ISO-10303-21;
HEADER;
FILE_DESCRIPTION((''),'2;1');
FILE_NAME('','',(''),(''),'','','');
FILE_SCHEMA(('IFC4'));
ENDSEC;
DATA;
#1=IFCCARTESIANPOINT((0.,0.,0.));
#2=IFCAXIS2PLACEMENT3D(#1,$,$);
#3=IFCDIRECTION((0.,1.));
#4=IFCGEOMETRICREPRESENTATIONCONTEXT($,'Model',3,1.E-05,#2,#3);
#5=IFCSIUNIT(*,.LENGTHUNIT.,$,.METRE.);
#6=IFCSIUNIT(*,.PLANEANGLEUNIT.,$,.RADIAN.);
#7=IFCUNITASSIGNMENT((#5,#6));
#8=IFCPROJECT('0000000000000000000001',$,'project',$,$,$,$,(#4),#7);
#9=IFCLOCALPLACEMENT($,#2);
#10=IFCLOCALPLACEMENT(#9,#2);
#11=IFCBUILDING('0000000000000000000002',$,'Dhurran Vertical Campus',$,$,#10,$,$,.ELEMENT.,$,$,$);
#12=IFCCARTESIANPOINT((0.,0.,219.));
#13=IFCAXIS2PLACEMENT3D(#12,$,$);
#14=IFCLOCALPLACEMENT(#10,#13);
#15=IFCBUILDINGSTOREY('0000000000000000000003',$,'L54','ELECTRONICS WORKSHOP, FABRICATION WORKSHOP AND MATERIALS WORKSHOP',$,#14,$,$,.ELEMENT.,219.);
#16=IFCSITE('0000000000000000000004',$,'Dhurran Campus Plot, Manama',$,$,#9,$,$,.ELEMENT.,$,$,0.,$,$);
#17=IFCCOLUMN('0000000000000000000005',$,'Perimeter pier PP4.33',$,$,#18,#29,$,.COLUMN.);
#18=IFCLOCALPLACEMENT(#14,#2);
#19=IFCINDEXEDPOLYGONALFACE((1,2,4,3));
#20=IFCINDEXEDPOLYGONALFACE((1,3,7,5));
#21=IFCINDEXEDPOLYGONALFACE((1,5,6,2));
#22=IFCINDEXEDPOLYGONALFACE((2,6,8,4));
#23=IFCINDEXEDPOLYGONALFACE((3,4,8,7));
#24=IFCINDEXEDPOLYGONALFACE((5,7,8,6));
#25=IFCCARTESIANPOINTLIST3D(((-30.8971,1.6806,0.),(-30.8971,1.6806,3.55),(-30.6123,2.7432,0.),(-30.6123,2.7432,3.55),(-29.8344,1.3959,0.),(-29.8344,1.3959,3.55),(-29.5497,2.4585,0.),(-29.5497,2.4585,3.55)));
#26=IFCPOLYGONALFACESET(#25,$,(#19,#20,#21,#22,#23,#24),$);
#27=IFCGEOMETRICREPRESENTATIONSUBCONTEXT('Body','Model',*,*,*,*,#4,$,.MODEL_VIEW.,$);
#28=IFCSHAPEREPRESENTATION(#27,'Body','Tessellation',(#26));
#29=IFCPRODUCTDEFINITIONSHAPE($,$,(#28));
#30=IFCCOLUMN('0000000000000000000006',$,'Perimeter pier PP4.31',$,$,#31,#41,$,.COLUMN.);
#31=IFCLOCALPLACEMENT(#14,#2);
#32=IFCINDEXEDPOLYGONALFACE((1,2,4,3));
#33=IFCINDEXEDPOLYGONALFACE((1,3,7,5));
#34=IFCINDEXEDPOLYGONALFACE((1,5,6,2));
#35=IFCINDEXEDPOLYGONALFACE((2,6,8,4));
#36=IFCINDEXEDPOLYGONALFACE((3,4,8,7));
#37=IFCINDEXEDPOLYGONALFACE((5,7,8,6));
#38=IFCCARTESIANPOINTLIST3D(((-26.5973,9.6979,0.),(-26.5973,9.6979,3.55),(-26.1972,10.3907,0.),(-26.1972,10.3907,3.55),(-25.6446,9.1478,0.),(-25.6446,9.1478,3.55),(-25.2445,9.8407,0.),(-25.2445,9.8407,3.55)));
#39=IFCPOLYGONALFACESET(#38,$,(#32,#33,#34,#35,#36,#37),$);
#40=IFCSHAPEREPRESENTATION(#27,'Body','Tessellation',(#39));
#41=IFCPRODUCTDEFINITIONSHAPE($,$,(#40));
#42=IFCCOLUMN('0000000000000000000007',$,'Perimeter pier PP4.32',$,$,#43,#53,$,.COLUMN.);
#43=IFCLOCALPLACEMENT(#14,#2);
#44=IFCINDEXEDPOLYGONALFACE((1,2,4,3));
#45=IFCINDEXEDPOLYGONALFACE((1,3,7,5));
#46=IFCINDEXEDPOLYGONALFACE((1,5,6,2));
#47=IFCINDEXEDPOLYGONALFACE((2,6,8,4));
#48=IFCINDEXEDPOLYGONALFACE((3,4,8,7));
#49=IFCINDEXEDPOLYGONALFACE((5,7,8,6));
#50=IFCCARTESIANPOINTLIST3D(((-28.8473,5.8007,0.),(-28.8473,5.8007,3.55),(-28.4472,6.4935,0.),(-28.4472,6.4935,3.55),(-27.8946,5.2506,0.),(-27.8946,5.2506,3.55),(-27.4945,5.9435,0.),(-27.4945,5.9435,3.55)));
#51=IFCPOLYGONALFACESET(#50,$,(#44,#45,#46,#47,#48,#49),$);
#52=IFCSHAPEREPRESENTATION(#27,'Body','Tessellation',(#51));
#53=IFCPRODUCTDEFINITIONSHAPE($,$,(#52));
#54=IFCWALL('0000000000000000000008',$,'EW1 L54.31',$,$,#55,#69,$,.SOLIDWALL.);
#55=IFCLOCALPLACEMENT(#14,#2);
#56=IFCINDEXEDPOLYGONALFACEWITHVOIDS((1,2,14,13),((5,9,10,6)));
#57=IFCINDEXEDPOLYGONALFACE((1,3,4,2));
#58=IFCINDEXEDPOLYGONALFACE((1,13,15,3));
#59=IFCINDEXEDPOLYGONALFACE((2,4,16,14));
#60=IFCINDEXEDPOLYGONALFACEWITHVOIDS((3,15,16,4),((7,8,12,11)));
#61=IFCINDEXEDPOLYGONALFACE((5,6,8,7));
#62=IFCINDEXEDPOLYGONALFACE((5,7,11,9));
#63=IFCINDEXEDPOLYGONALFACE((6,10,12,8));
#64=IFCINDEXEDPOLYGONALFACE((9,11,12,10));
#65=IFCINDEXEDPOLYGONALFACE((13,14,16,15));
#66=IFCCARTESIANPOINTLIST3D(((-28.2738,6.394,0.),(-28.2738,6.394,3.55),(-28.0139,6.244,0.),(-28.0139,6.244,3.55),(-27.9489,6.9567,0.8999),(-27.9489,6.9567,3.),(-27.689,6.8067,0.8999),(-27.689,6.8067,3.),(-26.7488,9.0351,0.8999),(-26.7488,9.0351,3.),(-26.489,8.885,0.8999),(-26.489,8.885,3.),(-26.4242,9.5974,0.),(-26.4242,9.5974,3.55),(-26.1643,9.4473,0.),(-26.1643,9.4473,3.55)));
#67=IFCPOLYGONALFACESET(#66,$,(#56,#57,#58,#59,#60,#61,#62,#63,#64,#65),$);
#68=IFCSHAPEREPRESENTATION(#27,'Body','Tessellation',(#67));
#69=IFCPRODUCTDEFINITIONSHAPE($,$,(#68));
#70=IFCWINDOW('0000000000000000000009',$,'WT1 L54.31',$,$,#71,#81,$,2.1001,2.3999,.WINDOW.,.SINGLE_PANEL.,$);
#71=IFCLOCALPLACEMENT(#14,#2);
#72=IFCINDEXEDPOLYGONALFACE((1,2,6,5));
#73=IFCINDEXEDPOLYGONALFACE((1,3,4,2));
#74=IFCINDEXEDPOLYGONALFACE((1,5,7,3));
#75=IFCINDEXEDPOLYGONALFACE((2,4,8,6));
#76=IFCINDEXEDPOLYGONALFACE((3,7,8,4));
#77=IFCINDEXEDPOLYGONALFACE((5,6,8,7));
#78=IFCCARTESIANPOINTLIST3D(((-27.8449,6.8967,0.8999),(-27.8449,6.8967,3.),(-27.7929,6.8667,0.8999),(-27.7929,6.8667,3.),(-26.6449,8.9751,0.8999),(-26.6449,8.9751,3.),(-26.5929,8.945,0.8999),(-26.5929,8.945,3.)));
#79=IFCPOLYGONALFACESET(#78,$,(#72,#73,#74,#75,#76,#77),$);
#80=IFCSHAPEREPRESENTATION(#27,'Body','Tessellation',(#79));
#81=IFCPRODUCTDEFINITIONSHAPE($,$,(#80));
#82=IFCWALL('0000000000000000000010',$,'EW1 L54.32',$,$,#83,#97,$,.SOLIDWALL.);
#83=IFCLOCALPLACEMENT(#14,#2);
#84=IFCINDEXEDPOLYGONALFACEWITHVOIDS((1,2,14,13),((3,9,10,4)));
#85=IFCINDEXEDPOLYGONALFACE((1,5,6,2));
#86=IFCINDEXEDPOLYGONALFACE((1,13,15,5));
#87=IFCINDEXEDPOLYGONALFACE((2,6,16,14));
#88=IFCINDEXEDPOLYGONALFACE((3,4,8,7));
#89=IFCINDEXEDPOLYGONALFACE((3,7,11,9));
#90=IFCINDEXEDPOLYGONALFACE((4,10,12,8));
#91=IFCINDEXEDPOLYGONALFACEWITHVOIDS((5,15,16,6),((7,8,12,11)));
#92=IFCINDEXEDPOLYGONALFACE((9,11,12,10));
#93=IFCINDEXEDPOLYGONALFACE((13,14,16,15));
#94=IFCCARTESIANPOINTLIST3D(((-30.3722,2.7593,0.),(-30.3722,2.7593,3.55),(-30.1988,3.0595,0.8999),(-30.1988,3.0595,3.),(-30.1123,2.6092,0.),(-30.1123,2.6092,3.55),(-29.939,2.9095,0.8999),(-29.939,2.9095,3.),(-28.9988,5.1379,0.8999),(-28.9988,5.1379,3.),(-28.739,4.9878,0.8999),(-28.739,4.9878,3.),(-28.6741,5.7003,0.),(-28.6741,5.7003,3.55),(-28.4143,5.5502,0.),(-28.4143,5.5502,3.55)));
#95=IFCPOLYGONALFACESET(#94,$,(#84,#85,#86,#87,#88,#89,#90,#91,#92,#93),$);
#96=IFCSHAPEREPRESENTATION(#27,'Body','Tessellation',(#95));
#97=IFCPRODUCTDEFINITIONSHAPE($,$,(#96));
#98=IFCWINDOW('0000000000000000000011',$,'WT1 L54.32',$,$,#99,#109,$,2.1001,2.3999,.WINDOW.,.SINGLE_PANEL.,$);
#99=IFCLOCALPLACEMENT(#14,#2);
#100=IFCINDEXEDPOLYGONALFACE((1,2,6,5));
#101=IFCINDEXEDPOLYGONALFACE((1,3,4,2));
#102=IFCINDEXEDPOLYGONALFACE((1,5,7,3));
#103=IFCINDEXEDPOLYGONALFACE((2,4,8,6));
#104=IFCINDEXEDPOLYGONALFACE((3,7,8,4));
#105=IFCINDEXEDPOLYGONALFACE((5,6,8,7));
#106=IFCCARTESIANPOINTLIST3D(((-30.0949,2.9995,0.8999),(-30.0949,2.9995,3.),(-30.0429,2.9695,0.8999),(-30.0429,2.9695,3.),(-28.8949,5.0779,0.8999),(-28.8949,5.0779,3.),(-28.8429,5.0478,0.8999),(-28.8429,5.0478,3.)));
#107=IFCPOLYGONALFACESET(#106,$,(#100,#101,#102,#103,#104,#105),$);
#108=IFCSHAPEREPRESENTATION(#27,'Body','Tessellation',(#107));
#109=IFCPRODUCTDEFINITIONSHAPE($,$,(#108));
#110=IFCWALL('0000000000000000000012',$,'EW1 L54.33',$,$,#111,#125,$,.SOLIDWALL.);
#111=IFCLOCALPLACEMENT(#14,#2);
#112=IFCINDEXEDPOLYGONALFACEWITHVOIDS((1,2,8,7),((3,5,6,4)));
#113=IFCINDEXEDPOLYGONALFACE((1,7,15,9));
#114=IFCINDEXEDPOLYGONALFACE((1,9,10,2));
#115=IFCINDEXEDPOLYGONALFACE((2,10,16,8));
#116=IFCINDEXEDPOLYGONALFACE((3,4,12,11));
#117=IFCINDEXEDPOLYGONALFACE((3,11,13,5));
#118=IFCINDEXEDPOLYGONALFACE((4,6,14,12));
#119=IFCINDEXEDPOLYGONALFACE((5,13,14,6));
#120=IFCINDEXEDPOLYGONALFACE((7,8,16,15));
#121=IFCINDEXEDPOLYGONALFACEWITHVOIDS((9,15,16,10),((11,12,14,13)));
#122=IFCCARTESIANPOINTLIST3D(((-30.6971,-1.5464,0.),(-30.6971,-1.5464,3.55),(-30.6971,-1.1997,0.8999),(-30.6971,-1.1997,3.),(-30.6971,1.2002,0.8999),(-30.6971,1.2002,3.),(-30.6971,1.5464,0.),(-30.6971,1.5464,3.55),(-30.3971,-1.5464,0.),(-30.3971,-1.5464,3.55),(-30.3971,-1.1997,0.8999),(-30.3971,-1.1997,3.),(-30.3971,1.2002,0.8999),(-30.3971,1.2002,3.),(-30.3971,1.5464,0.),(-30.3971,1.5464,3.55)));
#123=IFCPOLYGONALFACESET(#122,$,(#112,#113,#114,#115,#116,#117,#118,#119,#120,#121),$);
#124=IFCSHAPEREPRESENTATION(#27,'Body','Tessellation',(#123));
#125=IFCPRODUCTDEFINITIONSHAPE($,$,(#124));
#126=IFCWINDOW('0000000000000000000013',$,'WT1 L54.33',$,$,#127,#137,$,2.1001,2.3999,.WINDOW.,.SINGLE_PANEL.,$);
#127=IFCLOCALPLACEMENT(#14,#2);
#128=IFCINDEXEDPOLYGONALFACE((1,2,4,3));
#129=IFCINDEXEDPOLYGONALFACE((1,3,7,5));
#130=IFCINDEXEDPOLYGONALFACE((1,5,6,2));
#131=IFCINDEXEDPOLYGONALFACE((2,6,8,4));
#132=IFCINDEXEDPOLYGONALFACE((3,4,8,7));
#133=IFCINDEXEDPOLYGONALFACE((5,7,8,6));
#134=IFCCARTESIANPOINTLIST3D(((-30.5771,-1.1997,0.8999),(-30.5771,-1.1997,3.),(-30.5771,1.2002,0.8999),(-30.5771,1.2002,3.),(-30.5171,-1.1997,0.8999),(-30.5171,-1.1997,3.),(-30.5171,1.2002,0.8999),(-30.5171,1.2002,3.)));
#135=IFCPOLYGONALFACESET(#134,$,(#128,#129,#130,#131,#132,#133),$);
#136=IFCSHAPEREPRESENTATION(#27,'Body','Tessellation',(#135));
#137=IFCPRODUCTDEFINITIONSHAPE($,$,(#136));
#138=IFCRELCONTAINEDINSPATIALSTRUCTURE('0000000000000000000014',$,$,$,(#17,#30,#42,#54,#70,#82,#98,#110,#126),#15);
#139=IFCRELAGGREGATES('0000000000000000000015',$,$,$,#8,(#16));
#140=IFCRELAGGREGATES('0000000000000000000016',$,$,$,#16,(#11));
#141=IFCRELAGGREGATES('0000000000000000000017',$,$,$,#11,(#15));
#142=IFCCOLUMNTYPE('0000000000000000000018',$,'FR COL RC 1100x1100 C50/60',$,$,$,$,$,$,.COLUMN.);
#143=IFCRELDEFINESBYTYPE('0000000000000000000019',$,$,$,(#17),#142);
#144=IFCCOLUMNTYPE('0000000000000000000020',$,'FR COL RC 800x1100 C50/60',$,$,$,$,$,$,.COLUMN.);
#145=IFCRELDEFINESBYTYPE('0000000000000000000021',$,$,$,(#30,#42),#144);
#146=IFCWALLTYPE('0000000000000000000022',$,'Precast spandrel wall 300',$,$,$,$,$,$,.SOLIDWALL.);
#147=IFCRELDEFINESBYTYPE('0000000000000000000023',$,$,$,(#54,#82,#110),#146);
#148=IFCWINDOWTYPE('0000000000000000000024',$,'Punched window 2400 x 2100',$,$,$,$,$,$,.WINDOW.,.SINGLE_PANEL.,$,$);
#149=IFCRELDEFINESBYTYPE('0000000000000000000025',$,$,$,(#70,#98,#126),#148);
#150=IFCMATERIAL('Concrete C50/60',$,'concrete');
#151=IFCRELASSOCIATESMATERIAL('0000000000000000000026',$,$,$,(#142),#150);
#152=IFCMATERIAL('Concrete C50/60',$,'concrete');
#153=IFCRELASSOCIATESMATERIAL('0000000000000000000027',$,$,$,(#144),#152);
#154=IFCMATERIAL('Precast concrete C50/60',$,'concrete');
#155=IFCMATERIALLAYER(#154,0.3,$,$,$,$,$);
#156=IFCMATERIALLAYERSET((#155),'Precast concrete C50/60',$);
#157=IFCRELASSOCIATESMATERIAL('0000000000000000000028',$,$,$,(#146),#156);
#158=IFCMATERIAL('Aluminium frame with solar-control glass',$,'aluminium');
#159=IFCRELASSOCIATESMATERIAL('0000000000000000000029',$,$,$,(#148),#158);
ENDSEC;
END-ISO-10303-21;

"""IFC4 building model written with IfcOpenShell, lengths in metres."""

from ifc_helpers import new_model, si_unit, direction, frame, frame_2d, origin, origin_2d, place, context, subcontext, project, spatial, rectangle, extrude, material, layer, layer_set, material_profile, profile_set, type_object, element, fill, save


model = new_model("IFC4")

# Units and contexts
model_context = context("Model", 3, precision=1e-05, world=origin(), true_north=direction((0.0, 1.0)))
body_context = subcontext(model_context, "Body", "Model", "MODEL_VIEW")
ifc_project = project(units=[si_unit("LENGTHUNIT", "METRE"), si_unit("PLANEANGLEUNIT", "RADIAN")], contexts=[model_context])

# Site, building, storey
site_placement = place(None, origin())
site = spatial("IfcSite", under=ifc_project, at=site_placement, Name="Dhurran Campus Plot, Manama", CompositionType="ELEMENT", RefElevation=0.0)
building_placement = place(site_placement, origin())
building = spatial("IfcBuilding", under=site, at=building_placement, Name="Dhurran Vertical Campus", CompositionType="ELEMENT")
storey_placement = place(building_placement, frame((0.0, 0.0, 219.0)))
storey = spatial("IfcBuildingStorey", under=building, at=storey_placement, Name="L54", Description="ELECTRONICS WORKSHOP, FABRICATION WORKSHOP AND MATERIALS WORKSHOP", CompositionType="ELEMENT", Elevation=219.0)

# Columns
ifc_material_1 = material(Name="Concrete C50/60", Category="concrete")
ifc_material_profile_1 = material_profile(ifc_material_1, rectangle(XDim=1.1001, YDim=1.1001, at=origin_2d()), Name="RC 1100x1100")
ifc_profile_set_1 = profile_set([ifc_material_profile_1], Name="Concrete C50/60")
column_type_1 = type_object("IfcColumnType", Name="FR COL RC 1100x1100 C50/60", PredefinedType="COLUMN", material=ifc_profile_set_1)
column_placement = place(storey_placement, frame((-30.2234, 2.0696, 0.0), z_axis=(0.0, 0.0, 1.0), x_axis=(-0.258819, -0.965926, 0.0)))
element("IfcColumn", 1, at=column_placement, inside=storey, type_object=column_type_1, Name="Perimeter pier PP4.33", PredefinedType="COLUMN", context=body_context, shape_type="SweptSolid", body=[
    extrude(rectangle(XDim=1.1001, YDim=1.1001, at=origin_2d()), origin(), (0.0, 0.0, 1.0), 3.55),
])
ifc_material_2 = material(Name="Concrete C50/60", Category="concrete")
ifc_material_profile_2 = material_profile(ifc_material_2, rectangle(XDim=0.8, YDim=1.1001, at=origin_2d()), Name="RC 800x1100")
ifc_profile_set_2 = profile_set([ifc_material_profile_2], Name="Concrete C50/60")
column_type_2 = type_object("IfcColumnType", Name="FR COL RC 800x1100 C50/60", PredefinedType="COLUMN", material=ifc_profile_set_2)
for number, where, z_axis, x_axis, name in (
    (2, (-25.9209, 9.7693, 0.0), (0.0, 0.0, 1.0), (-0.5, -0.866025, 0.0), "Perimeter pier PP4.31"),
    (3, (-28.1709, 5.8721, 0.0), (0.0, 0.0, 1.0), (-0.5, -0.866025, 0.0), "Perimeter pier PP4.32"),
):
    element("IfcColumn", number, at=place(storey_placement, frame(where, z_axis=z_axis, x_axis=x_axis)), inside=storey, type_object=column_type_2, Name=name, PredefinedType="COLUMN", context=body_context, shape_type="SweptSolid", body=[
        extrude(rectangle(XDim=0.8, YDim=1.1001, at=origin_2d()), origin(), (0.0, 0.0, 1.0), 3.55),
    ])

# Walls, openings, windows
ifc_material_3 = material(Name="Precast concrete C50/60", Category="concrete")
ifc_layer_1 = layer(ifc_material_3, 0.3)
ifc_layer_set_1 = layer_set([ifc_layer_1], Name="Precast concrete C50/60")
wall_type_1 = type_object("IfcWallType", Name="Precast spandrel wall 300", PredefinedType="SOLIDWALL", material=ifc_layer_set_1)
wall_1_placement = place(storey_placement, frame((-26.2942, 9.5225, 0.0), z_axis=(0.0, 0.0, 1.0), x_axis=(-0.500029, -0.866009, 0.0)))
wall_1 = element("IfcWall", 4, at=wall_1_placement, inside=storey, type_object=wall_type_1, Name="EW1 L54.31", PredefinedType="SOLIDWALL", context=body_context, shape_type="SweptSolid", body=[
    extrude(rectangle(XDim=3.699, YDim=0.3, at=frame_2d((1.8496, 0.0))), origin(), (0.0, 0.0, 1.0), 3.55),
])
opening_1_placement = place(wall_1_placement, frame((0.6494, 0.0, 0.8999)))
opening_1 = element("IfcOpeningElement", 5, at=opening_1_placement, cuts=wall_1, PredefinedType="OPENING", context=body_context, shape_type="SweptSolid", body=[
    extrude(rectangle(XDim=2.3999, YDim=2.1001, at=frame_2d((1.2, 1.05))), frame((0.0, 0.1599, 0.0), z_axis=(0.0, -1.0, 0.0), x_axis=(1.0, 0.0, 0.0)), (0.0, 0.0, 1.0), 0.3201),
])
ifc_material_4 = material(Name="Aluminium frame with solar-control glass", Category="aluminium")
window_type = type_object("IfcWindowType", Name="Punched window 2400 x 2100", PartitioningType="SINGLE_PANEL", PredefinedType="WINDOW", material=ifc_material_4)
window_1_placement = place(opening_1_placement, origin())
window_1 = element("IfcWindow", 6, at=window_1_placement, inside=storey, type_object=window_type, Name="WT1 L54.31", OverallHeight=2.1001, OverallWidth=2.3999, PartitioningType="SINGLE_PANEL", PredefinedType="WINDOW", context=body_context, shape_type="SweptSolid", body=[
    extrude(rectangle(XDim=2.3999, YDim=2.1001, at=frame_2d((1.2, 1.05))), frame((0.0, 0.03, 0.0), z_axis=(0.0, -1.0, 0.0), x_axis=(1.0, 0.0, 0.0)), (0.0, 0.0, 1.0), 0.0601),
])
fill(opening_1, window_1)
wall_2_placement = place(storey_placement, frame((-28.5442, 5.6252, 0.0), z_axis=(0.0, 0.0, 1.0), x_axis=(-0.500013, -0.866018, 0.0)))
wall_2 = element("IfcWall", 7, at=wall_2_placement, inside=storey, type_object=wall_type_1, Name="EW1 L54.32", PredefinedType="SOLIDWALL", context=body_context, shape_type="SweptSolid", body=[
    extrude(rectangle(XDim=3.396, YDim=0.3, at=frame_2d((1.698, 0.0))), origin(), (0.0, 0.0, 1.0), 3.55),
])
opening_2_placement = place(wall_2_placement, frame((0.6494, 0.0, 0.8999)))
opening_2 = element("IfcOpeningElement", 8, at=opening_2_placement, cuts=wall_2, PredefinedType="OPENING", context=body_context, shape_type="SweptSolid", body=[
    extrude(rectangle(XDim=2.3999, YDim=2.1001, at=frame_2d((1.2, 1.05))), frame((0.0, 0.1599, 0.0), z_axis=(0.0, -1.0, 0.0), x_axis=(1.0, 0.0, 0.0)), (0.0, 0.0, 1.0), 0.3201),
])
window_2_placement = place(opening_2_placement, origin())
window_2 = element("IfcWindow", 9, at=window_2_placement, inside=storey, type_object=window_type, Name="WT1 L54.32", OverallHeight=2.1001, OverallWidth=2.3999, PartitioningType="SINGLE_PANEL", PredefinedType="WINDOW", context=body_context, shape_type="SweptSolid", body=[
    extrude(rectangle(XDim=2.3999, YDim=2.1001, at=frame_2d((1.2, 1.05))), frame((0.0, 0.03, 0.0), z_axis=(0.0, -1.0, 0.0), x_axis=(1.0, 0.0, 0.0)), (0.0, 0.0, 1.0), 0.0601),
])
fill(opening_2, window_2)
wall_3_placement = place(storey_placement, frame((-30.5471, 1.5464, 0.0), z_axis=(0.0, 0.0, 1.0), x_axis=(0.0, -1.0, 0.0)))
wall_3 = element("IfcWall", 10, at=wall_3_placement, inside=storey, type_object=wall_type_1, Name="EW1 L54.33", PredefinedType="SOLIDWALL", context=body_context, shape_type="SweptSolid", body=[
    extrude(rectangle(XDim=3.0928, YDim=0.3, at=frame_2d((1.5464, 0.0))), origin(), (0.0, 0.0, 1.0), 3.55),
])
opening_3_placement = place(wall_3_placement, frame((0.3462, 0.0, 0.8999)))
opening_3 = element("IfcOpeningElement", 11, at=opening_3_placement, cuts=wall_3, PredefinedType="OPENING", context=body_context, shape_type="SweptSolid", body=[
    extrude(rectangle(XDim=2.3999, YDim=2.1001, at=frame_2d((1.2, 1.05))), frame((0.0, 0.1599, 0.0), z_axis=(0.0, -1.0, 0.0), x_axis=(1.0, 0.0, 0.0)), (0.0, 0.0, 1.0), 0.3201),
])
window_3_placement = place(opening_3_placement, origin())
window_3 = element("IfcWindow", 12, at=window_3_placement, inside=storey, type_object=window_type, Name="WT1 L54.33", OverallHeight=2.1001, OverallWidth=2.3999, PartitioningType="SINGLE_PANEL", PredefinedType="WINDOW", context=body_context, shape_type="SweptSolid", body=[
    extrude(rectangle(XDim=2.3999, YDim=2.1001, at=frame_2d((1.2, 1.05))), frame((0.0, 0.03, 0.0), z_axis=(0.0, -1.0, 0.0), x_axis=(1.0, 0.0, 0.0)), (0.0, 0.0, 1.0), 0.0601),
])
fill(opening_3, window_3)

save(model, "model.ifc")
